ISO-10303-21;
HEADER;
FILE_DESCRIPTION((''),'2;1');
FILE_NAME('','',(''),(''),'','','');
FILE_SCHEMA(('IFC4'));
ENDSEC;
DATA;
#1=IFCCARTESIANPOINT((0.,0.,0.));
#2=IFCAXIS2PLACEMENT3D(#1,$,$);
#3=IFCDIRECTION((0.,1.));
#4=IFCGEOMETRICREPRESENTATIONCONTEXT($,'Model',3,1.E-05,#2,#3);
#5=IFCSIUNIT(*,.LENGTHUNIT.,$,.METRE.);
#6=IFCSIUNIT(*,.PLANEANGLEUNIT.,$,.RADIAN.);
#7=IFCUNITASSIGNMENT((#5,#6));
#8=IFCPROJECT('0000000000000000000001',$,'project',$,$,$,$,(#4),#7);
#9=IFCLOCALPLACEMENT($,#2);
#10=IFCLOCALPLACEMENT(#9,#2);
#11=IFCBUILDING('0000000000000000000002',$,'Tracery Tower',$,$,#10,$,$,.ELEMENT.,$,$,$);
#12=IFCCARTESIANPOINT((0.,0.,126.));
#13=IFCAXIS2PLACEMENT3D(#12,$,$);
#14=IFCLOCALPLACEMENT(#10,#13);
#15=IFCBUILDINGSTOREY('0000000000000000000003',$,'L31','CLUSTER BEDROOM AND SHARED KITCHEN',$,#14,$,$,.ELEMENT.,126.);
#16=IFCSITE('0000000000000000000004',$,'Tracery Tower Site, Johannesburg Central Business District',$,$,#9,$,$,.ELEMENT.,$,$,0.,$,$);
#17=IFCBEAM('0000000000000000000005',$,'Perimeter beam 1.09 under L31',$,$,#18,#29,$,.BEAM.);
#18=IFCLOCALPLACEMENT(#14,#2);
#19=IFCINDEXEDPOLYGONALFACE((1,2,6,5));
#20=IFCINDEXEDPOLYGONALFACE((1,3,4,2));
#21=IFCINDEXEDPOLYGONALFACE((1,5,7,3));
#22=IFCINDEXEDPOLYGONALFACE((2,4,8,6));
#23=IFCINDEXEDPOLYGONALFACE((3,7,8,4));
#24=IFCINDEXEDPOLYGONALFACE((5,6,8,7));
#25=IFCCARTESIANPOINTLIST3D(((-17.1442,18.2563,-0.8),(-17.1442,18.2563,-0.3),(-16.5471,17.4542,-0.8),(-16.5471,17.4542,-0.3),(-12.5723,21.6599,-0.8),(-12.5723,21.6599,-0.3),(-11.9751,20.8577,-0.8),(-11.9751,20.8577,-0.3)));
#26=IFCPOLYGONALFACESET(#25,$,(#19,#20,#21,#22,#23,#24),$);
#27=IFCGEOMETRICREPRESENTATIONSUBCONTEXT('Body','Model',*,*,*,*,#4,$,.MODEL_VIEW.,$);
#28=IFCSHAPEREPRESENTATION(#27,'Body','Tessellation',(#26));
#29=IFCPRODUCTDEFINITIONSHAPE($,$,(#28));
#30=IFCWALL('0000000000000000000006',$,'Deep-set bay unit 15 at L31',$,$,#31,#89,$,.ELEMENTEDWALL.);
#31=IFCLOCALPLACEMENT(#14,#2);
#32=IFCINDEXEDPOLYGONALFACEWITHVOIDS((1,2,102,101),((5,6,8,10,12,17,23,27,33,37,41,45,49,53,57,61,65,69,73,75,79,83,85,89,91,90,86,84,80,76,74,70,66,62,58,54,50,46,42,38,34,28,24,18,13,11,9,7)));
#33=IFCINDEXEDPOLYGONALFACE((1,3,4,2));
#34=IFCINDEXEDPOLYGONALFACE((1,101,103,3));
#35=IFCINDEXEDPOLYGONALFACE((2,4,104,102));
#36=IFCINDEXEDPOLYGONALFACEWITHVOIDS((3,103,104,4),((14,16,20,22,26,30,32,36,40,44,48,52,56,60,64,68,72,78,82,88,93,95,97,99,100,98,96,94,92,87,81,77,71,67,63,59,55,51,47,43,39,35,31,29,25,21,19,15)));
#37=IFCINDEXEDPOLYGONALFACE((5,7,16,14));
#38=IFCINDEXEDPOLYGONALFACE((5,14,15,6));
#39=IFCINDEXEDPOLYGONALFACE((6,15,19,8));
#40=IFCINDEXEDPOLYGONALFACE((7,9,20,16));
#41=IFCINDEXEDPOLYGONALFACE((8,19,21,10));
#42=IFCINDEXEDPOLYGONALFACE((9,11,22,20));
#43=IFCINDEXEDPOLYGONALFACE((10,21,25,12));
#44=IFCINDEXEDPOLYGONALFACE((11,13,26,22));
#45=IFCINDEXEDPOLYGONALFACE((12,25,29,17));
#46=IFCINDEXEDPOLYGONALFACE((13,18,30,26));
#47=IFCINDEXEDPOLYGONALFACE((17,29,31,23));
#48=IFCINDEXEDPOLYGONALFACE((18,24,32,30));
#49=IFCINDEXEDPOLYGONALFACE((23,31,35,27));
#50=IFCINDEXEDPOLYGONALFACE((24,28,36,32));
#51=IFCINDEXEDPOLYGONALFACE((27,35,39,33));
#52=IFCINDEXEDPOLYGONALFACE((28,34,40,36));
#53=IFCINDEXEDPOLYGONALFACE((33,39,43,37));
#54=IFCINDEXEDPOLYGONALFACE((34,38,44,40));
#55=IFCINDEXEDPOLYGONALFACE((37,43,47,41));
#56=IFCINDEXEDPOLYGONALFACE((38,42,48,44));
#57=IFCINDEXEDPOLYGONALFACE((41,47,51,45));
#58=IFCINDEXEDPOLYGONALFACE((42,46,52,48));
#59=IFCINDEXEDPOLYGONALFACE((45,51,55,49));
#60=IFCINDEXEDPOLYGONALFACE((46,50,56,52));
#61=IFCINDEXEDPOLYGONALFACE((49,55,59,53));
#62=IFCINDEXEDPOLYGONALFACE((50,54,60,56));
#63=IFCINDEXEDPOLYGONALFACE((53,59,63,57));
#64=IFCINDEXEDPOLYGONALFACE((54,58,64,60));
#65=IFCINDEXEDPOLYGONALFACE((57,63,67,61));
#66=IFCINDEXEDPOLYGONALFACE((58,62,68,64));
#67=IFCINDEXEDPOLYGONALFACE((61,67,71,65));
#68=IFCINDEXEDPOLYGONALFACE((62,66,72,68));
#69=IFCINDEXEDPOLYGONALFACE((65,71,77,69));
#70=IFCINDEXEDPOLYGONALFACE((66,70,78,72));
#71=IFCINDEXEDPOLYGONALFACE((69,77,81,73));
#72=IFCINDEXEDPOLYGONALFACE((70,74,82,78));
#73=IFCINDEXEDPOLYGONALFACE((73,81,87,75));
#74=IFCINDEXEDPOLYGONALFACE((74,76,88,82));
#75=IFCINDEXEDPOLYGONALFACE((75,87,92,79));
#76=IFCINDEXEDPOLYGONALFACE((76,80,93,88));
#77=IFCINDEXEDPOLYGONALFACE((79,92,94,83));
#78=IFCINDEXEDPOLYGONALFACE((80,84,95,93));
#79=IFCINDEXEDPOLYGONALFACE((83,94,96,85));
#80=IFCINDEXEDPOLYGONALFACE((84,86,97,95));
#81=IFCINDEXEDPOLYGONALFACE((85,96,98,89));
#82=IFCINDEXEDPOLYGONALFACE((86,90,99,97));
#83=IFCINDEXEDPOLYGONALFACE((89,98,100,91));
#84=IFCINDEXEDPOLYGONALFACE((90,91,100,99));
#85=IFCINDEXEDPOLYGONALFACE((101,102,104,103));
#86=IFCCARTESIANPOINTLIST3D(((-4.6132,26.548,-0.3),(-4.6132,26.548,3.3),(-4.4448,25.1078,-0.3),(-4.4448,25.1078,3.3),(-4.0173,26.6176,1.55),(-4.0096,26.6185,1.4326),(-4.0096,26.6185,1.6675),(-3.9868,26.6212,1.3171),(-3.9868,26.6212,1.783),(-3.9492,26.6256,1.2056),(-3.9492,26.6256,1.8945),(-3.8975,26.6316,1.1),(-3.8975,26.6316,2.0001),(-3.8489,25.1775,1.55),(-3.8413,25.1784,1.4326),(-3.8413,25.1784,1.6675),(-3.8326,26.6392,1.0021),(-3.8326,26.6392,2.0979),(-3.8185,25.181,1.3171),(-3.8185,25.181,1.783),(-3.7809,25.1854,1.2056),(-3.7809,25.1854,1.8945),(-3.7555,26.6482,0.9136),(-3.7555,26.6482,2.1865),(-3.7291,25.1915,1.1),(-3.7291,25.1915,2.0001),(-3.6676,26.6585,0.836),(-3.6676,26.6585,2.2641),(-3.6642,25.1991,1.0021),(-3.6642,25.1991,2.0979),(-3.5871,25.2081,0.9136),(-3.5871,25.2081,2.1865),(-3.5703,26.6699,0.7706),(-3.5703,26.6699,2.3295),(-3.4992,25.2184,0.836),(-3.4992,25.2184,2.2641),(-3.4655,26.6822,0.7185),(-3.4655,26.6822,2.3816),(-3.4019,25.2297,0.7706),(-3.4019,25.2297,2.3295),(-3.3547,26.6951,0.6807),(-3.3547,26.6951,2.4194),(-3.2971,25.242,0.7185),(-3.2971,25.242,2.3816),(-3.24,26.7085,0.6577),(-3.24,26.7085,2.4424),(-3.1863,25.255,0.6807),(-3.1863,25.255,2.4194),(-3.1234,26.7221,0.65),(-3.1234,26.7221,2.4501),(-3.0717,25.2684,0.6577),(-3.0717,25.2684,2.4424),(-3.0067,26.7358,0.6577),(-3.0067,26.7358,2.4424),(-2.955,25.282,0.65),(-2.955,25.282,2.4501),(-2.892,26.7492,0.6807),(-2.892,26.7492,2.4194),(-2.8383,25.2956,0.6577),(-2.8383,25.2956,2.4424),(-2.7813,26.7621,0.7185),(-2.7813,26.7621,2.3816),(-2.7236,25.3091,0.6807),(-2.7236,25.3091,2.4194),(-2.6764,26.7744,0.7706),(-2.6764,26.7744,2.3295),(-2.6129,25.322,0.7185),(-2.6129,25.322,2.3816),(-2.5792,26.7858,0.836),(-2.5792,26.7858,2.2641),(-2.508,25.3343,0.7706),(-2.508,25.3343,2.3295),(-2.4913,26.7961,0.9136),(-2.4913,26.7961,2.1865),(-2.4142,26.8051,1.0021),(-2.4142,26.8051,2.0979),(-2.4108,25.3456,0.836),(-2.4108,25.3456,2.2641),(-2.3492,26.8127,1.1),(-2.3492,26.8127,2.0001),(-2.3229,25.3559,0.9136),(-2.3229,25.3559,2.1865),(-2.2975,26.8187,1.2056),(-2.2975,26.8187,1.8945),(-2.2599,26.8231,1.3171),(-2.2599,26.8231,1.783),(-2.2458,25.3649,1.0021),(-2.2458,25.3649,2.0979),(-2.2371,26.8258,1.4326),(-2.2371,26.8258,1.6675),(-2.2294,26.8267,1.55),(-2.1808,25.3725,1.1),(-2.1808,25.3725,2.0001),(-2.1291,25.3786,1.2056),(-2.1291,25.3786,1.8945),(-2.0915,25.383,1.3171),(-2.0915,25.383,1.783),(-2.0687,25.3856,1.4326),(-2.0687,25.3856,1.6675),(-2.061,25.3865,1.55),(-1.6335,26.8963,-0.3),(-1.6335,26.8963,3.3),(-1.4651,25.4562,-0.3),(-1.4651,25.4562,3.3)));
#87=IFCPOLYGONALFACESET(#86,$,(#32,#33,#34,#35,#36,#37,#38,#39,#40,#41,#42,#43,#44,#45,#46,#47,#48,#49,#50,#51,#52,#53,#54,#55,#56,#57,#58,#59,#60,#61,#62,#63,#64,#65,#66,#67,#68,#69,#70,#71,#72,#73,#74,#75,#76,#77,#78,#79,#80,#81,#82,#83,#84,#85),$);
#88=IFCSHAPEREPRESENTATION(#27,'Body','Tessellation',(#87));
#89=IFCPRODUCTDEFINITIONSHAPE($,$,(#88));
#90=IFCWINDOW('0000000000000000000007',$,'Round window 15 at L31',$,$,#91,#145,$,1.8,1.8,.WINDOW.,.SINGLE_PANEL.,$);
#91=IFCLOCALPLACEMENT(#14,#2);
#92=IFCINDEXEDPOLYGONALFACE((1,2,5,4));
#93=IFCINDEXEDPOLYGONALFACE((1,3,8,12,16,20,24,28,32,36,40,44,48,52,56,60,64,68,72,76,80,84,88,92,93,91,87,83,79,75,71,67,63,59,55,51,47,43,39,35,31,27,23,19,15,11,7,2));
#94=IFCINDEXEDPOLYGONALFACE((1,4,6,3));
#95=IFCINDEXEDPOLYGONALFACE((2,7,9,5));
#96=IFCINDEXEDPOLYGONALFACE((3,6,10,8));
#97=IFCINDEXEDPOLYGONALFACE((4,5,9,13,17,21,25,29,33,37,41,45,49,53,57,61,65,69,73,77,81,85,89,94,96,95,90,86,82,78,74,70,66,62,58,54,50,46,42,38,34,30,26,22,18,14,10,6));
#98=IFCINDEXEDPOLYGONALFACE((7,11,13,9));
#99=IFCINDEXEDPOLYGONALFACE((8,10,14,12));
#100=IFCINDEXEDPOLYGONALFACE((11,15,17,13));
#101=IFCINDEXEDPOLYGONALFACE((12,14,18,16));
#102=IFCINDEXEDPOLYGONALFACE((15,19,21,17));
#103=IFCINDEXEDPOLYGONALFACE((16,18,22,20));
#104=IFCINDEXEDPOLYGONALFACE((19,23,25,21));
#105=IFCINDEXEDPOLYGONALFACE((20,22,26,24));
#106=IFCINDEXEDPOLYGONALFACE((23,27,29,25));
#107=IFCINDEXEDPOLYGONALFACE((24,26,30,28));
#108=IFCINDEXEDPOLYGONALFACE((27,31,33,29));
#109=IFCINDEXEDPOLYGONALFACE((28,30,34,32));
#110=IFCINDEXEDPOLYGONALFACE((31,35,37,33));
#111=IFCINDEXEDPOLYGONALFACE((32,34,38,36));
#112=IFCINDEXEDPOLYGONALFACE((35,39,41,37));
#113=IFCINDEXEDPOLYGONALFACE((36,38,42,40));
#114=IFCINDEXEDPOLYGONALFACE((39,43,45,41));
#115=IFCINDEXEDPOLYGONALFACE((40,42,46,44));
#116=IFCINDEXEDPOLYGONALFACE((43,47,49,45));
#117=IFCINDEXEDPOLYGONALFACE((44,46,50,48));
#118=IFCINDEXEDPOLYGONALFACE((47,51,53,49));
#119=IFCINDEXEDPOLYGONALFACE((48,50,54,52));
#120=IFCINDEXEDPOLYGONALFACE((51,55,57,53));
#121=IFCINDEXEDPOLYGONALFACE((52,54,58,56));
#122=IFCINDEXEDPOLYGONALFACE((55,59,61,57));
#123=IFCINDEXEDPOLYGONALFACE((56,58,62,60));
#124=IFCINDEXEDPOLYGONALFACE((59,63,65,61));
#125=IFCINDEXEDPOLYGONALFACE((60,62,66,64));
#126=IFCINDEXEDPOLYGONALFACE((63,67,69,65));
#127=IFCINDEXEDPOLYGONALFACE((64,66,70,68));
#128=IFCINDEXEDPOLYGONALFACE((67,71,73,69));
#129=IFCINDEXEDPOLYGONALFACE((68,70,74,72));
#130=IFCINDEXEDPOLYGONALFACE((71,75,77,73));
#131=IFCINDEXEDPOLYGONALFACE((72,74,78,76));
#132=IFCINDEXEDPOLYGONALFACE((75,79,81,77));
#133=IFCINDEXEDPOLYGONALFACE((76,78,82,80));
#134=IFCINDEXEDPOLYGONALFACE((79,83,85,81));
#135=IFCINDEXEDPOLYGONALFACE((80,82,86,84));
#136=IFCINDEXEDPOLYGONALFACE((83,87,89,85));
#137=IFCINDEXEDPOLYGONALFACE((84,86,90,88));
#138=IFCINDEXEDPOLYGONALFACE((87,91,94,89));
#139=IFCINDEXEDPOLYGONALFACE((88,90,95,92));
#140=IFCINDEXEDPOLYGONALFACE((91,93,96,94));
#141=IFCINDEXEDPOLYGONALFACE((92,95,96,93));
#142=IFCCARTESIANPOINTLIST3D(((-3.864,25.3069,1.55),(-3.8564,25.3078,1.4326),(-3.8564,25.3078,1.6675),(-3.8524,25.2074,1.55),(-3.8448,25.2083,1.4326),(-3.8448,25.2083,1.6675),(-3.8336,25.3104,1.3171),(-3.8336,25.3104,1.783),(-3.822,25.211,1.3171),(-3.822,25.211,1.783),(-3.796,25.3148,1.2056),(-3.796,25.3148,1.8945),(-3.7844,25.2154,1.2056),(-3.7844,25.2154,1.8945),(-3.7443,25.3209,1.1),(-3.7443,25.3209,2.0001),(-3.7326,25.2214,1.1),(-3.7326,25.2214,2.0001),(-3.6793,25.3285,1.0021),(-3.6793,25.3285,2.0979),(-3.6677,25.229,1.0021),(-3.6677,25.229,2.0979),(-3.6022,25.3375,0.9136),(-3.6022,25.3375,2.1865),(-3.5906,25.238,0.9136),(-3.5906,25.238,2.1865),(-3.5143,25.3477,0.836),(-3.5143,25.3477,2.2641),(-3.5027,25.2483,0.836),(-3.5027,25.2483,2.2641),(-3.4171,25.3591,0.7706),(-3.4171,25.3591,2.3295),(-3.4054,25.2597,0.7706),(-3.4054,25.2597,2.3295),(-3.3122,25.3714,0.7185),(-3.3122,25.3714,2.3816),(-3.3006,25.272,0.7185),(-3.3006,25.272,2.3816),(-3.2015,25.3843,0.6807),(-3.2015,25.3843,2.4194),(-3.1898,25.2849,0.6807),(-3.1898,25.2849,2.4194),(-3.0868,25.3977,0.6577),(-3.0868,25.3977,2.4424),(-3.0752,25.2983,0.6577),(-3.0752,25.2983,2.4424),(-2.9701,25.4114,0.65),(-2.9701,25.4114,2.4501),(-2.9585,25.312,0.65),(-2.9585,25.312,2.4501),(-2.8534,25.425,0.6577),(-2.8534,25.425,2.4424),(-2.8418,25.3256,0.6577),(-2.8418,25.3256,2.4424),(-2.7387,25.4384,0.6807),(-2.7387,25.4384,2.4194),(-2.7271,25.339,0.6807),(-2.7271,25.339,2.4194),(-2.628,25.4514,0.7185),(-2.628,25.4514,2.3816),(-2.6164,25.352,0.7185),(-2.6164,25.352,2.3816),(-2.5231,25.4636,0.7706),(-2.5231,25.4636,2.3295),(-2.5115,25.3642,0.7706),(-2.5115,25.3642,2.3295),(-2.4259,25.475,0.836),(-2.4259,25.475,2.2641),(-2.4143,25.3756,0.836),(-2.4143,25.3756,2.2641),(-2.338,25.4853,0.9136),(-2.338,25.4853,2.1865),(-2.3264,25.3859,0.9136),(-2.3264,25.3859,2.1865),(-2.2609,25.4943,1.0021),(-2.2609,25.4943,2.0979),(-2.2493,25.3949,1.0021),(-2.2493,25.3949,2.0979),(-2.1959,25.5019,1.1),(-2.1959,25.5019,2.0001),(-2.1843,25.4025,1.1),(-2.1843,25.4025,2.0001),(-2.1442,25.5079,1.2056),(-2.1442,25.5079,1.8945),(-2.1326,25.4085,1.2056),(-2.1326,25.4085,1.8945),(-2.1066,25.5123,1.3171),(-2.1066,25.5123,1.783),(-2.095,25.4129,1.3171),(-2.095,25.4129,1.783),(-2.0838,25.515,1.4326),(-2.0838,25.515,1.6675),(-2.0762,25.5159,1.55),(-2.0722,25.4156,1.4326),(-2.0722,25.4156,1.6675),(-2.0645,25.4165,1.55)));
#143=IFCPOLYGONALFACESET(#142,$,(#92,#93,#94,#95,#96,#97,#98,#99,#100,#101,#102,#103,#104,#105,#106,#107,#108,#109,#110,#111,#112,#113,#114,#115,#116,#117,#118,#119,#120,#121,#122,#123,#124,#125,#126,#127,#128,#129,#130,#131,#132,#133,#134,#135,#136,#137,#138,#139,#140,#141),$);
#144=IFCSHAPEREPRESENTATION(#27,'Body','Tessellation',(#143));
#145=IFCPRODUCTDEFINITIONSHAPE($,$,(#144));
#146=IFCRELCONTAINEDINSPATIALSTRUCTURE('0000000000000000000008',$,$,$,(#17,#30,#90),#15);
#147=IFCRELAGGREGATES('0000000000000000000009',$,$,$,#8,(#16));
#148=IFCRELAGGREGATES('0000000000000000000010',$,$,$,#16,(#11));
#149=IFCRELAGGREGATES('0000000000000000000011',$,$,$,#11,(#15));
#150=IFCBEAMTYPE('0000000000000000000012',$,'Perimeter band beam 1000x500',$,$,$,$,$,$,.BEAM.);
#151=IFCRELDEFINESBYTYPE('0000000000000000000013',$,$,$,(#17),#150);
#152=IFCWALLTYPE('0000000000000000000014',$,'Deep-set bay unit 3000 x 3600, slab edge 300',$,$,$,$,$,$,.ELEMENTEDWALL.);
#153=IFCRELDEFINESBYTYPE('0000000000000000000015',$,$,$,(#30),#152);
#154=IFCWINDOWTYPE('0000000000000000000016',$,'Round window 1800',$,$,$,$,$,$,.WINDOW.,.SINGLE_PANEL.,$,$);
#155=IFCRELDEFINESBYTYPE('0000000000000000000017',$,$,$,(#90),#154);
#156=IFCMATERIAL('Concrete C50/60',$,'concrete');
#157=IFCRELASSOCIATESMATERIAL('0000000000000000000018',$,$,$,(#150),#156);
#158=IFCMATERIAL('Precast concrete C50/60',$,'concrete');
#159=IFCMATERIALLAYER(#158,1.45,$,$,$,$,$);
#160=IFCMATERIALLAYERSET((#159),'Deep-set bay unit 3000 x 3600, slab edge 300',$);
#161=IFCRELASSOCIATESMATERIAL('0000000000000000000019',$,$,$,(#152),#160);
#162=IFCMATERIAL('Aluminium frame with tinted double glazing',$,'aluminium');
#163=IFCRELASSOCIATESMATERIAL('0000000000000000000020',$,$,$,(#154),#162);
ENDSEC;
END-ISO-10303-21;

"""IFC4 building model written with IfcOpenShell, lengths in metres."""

from ifc_helpers import new_model, si_unit, direction, frame, frame_2d, origin, origin_2d, place, context, subcontext, project, spatial, rectangle, circle, extrude, material, layer, layer_set, material_profile, profile_set, type_object, element, fill, save


model = new_model("IFC4")

# Units and contexts
model_context = context("Model", 3, precision=1e-05, world=origin(), true_north=direction((0.0, 1.0)))
body_context = subcontext(model_context, "Body", "Model", "MODEL_VIEW")
ifc_project = project(units=[si_unit("LENGTHUNIT", "METRE"), si_unit("PLANEANGLEUNIT", "RADIAN")], contexts=[model_context])

# Site, building, storey
site_placement = place(None, origin())
site = spatial("IfcSite", under=ifc_project, at=site_placement, Name="Tracery Tower Site, Johannesburg Central Business District", CompositionType="ELEMENT", RefElevation=0.0)
building_placement = place(site_placement, origin())
building = spatial("IfcBuilding", under=site, at=building_placement, Name="Tracery Tower", CompositionType="ELEMENT")
storey_placement = place(building_placement, frame((0.0, 0.0, 126.0)))
storey = spatial("IfcBuildingStorey", under=building, at=storey_placement, Name="L31", Description="CLUSTER BEDROOM AND SHARED KITCHEN", CompositionType="ELEMENT", Elevation=126.0)

# Beam
ifc_material_1 = material(Name="Concrete C50/60", Category="concrete")
ifc_material_profile_1 = material_profile(ifc_material_1, rectangle(XDim=1.0, YDim=0.5, at=origin_2d()), Name="RC 1000x500")
ifc_profile_set_1 = profile_set([ifc_material_profile_1], Name="Concrete C50/60")
beam_type_1 = type_object("IfcBeamType", Name="Perimeter band beam 1000x500", PredefinedType="BEAM", material=ifc_profile_set_1)
beam_1_placement = place(storey_placement, frame((-12.2737, 21.2588, -0.55), z_axis=(-0.802138, -0.597138, 0.0), x_axis=(0.597138, -0.802138, 0.0)))
element("IfcBeam", 1, at=beam_1_placement, inside=storey, type_object=beam_type_1, Name="Perimeter beam 1.09 under L31", PredefinedType="BEAM", context=body_context, shape_type="SweptSolid", body=[
    extrude(rectangle(XDim=1.0, YDim=0.5, at=origin_2d()), origin(), (0.0, 0.0, 1.0), 5.6997),
])

# Wall, opening, window
ifc_material_2 = material(Name="Precast concrete C50/60", Category="concrete")
ifc_layer_1 = layer(ifc_material_2, 1.45)
ifc_layer_set_1 = layer_set([ifc_layer_1], Name="Deep-set bay unit 3000 x 3600, slab edge 300")
wall_type_1 = type_object("IfcWallType", Name="Deep-set bay unit 3000 x 3600, slab edge 300", PredefinedType="ELEMENTEDWALL", material=ifc_layer_set_1)
wall_1_placement = place(storey_placement, frame((-1.5493, 26.1763, -0.3), z_axis=(0.0, 0.0, 1.0), x_axis=(-0.993234, -0.116128, 0.0)))
wall_1 = element("IfcWall", 2, at=wall_1_placement, inside=storey, type_object=wall_type_1, Name="Deep-set bay unit 15 at L31", PredefinedType="ELEMENTEDWALL", context=body_context, shape_type="SweptSolid", body=[
    extrude(rectangle(XDim=3.0, YDim=1.45, at=frame_2d((1.5, 0.0))), origin(), (0.0, 0.0, 1.0), 3.6001),
])
opening_1_placement = place(wall_1_placement, frame((1.5, 0.0, 1.8501)))
opening_1 = element("IfcOpeningElement", 3, at=opening_1_placement, cuts=wall_1, PredefinedType="OPENING", context=body_context, shape_type="SweptSolid", body=[
    extrude(circle(Radius=0.9, at=origin_2d()), frame((0.0, 0.7349, 0.0), z_axis=(0.0, -1.0, 0.0), x_axis=(1.0, 0.0, 0.0)), (0.0, 0.0, 1.0), 1.47),
])
ifc_material_3 = material(Name="Aluminium frame with tinted double glazing", Category="aluminium")
window_type = type_object("IfcWindowType", Name="Round window 1800", PartitioningType="SINGLE_PANEL", PredefinedType="WINDOW", material=ifc_material_3)
window_1_placement = place(opening_1_placement, origin())
window_1 = element("IfcWindow", 4, at=window_1_placement, inside=storey, type_object=window_type, Name="Round window 15 at L31", OverallHeight=1.8, OverallWidth=1.8, PartitioningType="SINGLE_PANEL", PredefinedType="WINDOW", context=body_context, shape_type="SweptSolid", body=[
    extrude(circle(Radius=0.9, at=origin_2d()), frame((0.0, 0.6948, 0.0), z_axis=(0.0, -1.0, 0.0), x_axis=(1.0, 0.0, 0.0)), (0.0, 0.0, 1.0), 0.1001),
])
fill(opening_1, window_1)

save(model, "model.ifc")
